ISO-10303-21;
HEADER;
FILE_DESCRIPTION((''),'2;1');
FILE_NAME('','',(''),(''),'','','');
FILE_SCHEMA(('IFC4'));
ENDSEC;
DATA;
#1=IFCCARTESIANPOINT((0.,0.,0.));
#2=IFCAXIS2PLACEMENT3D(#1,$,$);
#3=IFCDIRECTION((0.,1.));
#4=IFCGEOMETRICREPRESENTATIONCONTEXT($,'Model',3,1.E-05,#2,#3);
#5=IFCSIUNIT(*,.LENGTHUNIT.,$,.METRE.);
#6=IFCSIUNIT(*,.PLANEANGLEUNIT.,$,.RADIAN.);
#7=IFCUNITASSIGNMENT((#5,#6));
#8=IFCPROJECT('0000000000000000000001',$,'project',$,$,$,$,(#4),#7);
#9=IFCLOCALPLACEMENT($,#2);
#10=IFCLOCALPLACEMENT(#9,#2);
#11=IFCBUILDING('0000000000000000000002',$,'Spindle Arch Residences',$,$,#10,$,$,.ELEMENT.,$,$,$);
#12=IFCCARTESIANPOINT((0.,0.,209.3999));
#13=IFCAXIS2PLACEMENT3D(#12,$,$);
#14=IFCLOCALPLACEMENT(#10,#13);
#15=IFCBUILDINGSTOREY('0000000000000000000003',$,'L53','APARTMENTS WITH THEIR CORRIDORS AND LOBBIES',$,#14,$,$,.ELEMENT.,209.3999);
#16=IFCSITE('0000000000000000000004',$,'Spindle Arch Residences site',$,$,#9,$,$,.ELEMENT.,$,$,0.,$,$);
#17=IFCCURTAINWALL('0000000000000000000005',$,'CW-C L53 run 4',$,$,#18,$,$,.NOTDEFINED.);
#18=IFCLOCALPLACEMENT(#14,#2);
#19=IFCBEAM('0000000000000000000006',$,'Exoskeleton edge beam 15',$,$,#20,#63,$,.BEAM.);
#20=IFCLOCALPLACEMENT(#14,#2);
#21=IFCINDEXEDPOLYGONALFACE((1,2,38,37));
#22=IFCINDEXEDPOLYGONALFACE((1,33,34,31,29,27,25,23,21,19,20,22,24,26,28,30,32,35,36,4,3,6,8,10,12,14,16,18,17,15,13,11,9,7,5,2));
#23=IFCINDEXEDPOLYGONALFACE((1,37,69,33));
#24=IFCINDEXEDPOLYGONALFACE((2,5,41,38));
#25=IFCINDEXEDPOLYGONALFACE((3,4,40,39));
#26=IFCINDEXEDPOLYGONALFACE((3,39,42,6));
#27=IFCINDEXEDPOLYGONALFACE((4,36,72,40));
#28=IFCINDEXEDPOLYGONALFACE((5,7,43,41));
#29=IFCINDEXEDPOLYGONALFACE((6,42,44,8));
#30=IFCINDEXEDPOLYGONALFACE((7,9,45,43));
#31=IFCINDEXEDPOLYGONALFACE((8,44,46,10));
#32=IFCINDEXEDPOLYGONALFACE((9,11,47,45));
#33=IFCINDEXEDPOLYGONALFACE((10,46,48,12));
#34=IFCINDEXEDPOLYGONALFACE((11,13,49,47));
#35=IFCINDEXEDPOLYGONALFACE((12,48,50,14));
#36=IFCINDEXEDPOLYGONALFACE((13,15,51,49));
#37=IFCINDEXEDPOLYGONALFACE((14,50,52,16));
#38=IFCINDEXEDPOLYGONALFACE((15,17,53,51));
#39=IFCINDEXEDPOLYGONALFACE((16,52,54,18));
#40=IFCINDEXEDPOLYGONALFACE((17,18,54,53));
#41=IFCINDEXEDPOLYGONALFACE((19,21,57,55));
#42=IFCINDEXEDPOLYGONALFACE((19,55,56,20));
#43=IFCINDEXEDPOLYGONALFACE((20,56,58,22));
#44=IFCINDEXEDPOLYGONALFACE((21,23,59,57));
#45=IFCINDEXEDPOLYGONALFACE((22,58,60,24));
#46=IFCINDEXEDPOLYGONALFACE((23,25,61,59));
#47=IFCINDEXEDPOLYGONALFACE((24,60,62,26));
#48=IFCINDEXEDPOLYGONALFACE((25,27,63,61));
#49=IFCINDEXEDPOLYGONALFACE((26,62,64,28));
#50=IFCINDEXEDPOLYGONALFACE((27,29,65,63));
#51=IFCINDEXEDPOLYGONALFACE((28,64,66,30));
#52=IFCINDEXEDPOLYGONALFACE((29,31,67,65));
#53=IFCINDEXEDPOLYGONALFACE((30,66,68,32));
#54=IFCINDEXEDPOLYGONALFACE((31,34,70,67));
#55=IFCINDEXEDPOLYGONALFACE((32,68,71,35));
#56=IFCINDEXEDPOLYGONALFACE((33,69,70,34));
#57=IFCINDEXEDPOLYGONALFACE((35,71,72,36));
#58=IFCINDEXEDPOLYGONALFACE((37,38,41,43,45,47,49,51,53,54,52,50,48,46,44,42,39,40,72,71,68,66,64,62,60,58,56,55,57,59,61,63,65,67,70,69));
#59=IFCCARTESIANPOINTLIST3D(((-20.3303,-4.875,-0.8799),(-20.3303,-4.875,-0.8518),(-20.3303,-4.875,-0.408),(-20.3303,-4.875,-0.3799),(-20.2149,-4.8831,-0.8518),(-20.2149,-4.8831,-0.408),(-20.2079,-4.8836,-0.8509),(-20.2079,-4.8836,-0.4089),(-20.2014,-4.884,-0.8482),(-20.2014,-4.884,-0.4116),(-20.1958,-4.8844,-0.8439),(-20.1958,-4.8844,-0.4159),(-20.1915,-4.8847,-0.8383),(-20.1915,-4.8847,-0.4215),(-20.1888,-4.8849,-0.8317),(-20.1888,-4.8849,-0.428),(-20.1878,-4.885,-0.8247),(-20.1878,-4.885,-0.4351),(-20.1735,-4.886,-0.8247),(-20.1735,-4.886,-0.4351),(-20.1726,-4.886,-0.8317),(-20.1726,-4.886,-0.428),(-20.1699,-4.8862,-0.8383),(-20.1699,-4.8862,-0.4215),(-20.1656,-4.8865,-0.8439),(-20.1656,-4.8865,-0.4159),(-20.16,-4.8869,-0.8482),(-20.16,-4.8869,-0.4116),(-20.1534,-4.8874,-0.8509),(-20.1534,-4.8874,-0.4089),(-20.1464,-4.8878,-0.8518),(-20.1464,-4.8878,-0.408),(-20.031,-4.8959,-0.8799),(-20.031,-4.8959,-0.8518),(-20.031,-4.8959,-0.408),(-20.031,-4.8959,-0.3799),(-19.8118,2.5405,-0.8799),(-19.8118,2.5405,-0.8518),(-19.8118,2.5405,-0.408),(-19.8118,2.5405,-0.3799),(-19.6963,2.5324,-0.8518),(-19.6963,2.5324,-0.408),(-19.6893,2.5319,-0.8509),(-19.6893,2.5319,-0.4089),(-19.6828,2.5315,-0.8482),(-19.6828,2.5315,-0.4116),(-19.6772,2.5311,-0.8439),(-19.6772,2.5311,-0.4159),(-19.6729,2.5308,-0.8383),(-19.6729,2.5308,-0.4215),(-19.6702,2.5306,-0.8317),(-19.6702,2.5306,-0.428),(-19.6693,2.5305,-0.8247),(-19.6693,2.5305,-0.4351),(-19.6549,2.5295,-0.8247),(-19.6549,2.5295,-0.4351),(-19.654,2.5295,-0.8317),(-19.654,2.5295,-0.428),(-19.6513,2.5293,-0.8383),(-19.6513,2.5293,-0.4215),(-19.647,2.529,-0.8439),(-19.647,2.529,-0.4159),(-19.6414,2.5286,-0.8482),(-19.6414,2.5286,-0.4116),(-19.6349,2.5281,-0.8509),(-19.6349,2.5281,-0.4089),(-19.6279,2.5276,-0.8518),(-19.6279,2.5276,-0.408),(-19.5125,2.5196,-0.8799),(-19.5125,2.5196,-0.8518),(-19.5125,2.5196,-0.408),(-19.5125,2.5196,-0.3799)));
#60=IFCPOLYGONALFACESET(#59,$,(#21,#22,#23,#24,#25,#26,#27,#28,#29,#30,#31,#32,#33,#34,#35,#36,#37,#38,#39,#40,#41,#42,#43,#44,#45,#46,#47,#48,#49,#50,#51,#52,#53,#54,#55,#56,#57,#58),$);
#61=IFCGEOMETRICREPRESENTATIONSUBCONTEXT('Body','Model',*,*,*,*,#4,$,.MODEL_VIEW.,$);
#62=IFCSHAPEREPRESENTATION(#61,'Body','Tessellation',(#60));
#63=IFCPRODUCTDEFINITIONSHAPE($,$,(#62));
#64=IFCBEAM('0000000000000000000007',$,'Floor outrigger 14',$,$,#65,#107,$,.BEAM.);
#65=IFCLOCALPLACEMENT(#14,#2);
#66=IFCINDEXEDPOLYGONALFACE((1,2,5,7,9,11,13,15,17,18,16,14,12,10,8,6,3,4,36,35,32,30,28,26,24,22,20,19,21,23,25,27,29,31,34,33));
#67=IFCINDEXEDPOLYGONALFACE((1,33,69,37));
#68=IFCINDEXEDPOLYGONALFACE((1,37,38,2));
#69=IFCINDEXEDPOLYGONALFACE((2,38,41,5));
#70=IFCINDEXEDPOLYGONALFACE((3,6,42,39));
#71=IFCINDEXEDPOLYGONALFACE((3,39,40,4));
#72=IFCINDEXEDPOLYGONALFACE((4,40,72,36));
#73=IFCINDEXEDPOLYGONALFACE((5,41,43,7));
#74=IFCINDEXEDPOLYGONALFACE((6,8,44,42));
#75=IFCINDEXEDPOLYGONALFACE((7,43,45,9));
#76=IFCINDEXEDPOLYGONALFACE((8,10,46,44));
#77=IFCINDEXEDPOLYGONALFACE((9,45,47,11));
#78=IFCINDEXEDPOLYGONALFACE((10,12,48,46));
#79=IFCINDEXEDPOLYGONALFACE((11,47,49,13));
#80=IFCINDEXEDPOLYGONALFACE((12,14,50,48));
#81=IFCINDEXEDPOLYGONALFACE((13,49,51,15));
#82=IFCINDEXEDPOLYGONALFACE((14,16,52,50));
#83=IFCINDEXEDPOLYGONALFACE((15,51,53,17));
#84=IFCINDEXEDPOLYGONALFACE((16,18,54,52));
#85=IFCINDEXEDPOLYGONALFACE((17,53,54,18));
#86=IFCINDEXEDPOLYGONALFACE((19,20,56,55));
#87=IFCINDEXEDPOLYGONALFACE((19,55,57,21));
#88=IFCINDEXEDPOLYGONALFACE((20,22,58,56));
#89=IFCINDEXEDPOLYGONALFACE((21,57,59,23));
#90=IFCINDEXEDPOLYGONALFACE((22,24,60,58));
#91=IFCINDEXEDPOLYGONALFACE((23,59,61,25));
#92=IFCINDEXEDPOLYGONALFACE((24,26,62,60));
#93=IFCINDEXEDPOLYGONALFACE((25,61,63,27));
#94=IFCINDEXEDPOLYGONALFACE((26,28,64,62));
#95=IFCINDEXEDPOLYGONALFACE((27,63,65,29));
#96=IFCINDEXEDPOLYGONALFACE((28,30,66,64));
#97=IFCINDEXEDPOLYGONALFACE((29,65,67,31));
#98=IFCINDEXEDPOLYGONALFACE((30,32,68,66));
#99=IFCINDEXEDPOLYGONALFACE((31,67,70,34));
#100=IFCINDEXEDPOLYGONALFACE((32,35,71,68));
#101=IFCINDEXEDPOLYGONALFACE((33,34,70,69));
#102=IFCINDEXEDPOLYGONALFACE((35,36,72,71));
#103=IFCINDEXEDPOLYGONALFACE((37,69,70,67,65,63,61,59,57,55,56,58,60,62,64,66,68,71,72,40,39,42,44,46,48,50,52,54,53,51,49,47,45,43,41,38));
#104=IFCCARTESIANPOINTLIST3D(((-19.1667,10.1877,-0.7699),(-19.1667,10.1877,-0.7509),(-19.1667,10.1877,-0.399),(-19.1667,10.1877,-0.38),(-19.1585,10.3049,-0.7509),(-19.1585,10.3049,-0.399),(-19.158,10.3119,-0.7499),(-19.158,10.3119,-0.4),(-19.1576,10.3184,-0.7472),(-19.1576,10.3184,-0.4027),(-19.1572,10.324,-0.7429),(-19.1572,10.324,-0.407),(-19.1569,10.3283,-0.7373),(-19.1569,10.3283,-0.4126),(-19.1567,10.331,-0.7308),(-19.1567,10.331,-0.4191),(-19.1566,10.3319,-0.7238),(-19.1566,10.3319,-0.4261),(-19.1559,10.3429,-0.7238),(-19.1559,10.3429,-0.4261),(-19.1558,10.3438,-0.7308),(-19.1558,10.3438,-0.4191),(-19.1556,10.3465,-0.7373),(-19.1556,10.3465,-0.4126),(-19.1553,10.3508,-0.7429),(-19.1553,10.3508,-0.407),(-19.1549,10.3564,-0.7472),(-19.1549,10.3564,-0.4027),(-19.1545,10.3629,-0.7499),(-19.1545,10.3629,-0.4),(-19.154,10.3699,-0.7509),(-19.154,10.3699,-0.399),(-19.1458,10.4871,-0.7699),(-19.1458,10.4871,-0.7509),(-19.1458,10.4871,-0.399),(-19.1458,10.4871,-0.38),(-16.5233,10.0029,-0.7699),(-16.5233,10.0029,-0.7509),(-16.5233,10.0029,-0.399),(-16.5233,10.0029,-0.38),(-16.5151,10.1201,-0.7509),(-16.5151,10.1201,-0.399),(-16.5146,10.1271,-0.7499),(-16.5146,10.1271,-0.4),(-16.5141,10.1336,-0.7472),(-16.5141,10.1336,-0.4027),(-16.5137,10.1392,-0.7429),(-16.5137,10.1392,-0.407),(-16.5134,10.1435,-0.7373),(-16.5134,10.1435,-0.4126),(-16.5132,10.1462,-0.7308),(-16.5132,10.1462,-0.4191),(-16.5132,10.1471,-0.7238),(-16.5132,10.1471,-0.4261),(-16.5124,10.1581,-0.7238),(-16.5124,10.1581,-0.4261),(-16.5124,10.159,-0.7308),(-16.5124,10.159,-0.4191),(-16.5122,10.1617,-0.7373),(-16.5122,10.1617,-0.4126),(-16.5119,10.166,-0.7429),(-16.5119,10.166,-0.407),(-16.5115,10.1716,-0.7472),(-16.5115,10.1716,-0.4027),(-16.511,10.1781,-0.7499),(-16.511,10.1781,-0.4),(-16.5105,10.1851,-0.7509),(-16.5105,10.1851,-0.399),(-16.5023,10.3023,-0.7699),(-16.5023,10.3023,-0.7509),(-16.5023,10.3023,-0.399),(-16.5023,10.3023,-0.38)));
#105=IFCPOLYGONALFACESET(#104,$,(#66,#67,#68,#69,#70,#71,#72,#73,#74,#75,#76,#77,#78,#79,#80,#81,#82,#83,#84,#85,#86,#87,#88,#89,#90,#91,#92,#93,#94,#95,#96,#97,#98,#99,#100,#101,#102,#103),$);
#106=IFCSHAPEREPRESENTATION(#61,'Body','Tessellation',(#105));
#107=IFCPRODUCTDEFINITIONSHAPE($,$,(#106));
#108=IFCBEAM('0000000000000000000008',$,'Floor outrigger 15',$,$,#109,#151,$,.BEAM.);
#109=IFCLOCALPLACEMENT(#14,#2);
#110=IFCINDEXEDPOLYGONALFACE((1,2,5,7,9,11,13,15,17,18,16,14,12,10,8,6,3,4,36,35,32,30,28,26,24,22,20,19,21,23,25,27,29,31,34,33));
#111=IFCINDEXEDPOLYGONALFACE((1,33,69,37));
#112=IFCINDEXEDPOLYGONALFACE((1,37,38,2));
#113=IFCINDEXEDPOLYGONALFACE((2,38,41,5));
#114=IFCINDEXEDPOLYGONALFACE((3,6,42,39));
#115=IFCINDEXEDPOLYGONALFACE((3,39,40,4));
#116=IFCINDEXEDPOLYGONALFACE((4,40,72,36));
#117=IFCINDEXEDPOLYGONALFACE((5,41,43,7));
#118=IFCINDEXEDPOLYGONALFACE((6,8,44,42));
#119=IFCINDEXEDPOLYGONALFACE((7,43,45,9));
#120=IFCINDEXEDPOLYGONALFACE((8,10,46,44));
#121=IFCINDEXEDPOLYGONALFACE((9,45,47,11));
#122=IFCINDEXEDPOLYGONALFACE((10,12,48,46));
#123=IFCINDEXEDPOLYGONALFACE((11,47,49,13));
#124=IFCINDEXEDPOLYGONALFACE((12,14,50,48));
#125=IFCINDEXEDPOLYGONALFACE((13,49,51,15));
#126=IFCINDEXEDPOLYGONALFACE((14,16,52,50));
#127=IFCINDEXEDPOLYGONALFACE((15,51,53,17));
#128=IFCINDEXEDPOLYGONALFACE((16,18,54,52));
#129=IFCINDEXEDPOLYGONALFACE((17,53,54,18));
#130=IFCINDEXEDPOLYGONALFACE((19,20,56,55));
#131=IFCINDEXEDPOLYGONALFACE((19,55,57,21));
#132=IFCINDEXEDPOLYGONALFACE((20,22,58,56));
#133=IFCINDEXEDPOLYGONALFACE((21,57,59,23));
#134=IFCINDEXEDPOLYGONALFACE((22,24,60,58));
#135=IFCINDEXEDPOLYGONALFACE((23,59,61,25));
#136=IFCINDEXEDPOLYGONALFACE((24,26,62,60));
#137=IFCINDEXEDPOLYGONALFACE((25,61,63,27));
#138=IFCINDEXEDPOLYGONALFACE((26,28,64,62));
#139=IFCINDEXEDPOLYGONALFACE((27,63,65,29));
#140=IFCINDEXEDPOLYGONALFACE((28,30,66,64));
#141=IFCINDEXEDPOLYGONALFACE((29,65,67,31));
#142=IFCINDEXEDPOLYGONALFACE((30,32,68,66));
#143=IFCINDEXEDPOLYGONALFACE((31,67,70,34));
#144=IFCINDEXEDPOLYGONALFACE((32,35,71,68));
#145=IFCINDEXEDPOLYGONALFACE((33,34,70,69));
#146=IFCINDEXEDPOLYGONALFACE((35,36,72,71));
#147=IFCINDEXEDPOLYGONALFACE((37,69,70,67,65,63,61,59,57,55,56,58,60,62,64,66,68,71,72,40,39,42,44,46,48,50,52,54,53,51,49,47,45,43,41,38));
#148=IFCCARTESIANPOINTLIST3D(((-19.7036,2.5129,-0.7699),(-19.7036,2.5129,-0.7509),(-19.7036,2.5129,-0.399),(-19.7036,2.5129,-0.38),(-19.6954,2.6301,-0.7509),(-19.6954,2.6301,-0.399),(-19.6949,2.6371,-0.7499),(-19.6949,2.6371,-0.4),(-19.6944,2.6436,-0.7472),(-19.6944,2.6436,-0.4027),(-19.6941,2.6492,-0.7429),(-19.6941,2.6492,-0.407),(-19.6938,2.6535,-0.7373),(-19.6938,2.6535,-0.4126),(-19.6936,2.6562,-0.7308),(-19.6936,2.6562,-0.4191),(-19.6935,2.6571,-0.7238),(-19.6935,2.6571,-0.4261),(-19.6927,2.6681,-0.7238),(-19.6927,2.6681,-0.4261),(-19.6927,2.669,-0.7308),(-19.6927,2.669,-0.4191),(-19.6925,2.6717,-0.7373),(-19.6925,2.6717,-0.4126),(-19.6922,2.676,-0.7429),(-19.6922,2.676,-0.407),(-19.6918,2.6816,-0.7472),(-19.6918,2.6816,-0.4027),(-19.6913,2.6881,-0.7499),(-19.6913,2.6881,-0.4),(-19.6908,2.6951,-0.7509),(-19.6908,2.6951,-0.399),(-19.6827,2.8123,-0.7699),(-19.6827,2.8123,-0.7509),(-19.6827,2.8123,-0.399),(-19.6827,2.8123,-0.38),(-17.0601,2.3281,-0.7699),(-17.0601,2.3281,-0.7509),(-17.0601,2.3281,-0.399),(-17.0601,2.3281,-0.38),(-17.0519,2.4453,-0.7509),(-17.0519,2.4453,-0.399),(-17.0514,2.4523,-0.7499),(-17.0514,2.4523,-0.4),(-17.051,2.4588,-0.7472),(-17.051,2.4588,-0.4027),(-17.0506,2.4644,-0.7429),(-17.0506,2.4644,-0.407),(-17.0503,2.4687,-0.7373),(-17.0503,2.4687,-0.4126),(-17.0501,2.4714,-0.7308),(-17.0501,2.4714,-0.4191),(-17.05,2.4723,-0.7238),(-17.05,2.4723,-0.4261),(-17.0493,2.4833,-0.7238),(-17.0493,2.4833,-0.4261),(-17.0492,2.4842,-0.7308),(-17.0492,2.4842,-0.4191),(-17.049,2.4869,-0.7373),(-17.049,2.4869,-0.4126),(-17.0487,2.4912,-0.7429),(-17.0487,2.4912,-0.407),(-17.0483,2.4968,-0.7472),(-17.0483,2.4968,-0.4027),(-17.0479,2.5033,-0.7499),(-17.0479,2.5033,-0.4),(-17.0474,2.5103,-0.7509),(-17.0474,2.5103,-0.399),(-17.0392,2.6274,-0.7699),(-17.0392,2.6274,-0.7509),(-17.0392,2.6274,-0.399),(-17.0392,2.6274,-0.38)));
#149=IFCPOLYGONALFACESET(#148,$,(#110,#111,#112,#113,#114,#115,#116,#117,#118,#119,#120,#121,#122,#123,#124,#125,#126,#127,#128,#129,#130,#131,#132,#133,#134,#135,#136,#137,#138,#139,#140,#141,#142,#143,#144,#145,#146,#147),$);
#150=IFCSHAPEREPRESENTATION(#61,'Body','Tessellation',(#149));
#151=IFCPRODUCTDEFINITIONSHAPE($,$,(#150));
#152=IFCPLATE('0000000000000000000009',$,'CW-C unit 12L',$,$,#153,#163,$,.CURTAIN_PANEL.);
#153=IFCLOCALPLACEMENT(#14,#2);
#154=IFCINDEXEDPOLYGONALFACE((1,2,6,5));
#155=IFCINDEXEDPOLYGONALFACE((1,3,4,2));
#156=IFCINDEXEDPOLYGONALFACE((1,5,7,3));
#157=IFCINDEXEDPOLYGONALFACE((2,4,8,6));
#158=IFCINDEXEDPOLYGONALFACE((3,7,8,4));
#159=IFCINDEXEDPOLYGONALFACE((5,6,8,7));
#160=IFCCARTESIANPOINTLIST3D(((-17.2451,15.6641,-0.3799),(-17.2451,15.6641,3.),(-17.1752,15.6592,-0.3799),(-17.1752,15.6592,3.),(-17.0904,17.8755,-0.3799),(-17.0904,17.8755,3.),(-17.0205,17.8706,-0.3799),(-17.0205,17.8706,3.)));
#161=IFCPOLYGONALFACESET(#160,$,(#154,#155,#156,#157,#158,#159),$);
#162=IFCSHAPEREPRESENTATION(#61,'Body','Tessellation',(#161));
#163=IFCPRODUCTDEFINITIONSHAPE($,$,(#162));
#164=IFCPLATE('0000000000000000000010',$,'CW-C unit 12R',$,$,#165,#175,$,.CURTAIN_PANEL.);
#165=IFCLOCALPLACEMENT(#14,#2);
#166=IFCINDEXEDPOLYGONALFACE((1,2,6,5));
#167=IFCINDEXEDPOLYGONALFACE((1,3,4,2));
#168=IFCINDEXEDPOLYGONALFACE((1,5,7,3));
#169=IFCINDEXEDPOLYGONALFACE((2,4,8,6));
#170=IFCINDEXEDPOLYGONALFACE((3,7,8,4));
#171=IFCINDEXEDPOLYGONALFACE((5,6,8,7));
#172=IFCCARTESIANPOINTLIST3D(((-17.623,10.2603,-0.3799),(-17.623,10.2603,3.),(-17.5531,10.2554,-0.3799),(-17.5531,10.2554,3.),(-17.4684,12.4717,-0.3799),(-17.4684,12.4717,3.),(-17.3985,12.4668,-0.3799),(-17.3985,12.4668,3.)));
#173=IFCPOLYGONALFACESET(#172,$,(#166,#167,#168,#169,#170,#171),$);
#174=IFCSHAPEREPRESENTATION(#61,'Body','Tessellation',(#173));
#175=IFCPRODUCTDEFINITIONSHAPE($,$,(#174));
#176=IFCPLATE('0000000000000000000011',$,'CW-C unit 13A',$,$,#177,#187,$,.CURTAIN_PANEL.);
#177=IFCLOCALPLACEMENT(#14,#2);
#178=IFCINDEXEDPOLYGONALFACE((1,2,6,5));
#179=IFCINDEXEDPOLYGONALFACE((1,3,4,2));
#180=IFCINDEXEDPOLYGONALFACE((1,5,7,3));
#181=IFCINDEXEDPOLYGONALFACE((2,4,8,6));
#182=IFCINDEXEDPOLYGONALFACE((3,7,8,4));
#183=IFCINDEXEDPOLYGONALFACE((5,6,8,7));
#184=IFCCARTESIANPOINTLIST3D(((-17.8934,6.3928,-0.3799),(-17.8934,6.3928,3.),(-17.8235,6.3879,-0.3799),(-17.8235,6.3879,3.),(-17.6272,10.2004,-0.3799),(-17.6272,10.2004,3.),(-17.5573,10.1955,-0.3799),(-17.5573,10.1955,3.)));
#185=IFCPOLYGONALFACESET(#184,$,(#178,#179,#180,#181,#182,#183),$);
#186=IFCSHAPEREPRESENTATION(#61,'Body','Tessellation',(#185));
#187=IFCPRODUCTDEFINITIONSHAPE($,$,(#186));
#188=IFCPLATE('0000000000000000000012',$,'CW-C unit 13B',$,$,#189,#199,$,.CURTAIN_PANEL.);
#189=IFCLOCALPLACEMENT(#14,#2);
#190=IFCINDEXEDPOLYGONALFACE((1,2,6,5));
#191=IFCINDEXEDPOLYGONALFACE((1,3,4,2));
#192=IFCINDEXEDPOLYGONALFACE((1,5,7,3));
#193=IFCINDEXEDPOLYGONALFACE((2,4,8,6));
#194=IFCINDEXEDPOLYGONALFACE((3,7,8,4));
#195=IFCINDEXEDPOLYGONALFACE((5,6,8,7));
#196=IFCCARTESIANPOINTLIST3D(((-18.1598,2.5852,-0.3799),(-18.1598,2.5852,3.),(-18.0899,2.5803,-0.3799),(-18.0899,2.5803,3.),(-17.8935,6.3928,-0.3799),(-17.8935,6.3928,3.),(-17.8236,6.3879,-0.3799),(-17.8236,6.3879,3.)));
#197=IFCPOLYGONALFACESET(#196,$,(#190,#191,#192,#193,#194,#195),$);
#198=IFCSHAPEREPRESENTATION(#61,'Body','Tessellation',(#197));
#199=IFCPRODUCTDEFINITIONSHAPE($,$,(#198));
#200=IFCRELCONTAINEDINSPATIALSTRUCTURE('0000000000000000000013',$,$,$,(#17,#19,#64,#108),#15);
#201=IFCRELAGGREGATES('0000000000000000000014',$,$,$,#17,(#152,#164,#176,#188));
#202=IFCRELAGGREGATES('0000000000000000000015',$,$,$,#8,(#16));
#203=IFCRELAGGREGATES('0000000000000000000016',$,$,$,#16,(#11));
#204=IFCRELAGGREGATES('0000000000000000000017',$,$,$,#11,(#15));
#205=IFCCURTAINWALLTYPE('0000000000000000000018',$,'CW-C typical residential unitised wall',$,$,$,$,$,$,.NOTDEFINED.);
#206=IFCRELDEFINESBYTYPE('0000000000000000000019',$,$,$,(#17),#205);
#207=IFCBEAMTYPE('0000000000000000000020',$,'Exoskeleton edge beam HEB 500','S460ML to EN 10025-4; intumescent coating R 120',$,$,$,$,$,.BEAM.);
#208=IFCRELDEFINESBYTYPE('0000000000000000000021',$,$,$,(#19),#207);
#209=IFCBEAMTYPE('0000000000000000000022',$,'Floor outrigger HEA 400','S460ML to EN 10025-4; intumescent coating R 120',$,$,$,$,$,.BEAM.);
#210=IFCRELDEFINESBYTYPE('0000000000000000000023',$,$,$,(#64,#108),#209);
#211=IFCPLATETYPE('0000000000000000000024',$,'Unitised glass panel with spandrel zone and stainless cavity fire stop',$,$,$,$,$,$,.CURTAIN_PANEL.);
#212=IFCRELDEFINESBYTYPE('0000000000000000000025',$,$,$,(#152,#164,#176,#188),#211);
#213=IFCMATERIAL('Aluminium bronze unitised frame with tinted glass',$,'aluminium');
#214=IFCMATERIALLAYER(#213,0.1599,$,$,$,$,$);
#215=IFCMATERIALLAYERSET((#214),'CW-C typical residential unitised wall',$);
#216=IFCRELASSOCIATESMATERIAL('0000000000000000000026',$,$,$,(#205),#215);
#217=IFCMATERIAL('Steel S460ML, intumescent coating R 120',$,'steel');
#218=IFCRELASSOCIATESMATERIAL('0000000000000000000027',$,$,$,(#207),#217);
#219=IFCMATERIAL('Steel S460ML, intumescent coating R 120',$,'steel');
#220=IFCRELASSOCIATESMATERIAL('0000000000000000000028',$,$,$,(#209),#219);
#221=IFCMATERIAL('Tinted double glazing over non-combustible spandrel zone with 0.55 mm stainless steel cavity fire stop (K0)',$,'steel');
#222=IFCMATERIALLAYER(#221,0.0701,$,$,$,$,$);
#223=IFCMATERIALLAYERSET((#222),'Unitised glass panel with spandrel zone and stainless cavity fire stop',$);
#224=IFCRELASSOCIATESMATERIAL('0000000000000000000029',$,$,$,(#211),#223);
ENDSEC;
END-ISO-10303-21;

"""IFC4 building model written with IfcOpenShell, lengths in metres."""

from ifc_helpers import new_model, si_unit, direction, frame, origin, origin_2d, place, context, subcontext, project, spatial, rectangle, i_section, extrude, material, layer, layer_set, material_profile, profile_set, type_object, element, aggregate, save


model = new_model("IFC4")

# Units and contexts
model_context = context("Model", 3, precision=1e-05, world=origin(), true_north=direction((0.0, 1.0)))
body_context = subcontext(model_context, "Body", "Model", "MODEL_VIEW")
ifc_project = project(units=[si_unit("LENGTHUNIT", "METRE"), si_unit("PLANEANGLEUNIT", "RADIAN")], contexts=[model_context])

# Site, building, storey
site_placement = place(None, origin())
site = spatial("IfcSite", under=ifc_project, at=site_placement, Name="Spindle Arch Residences site", CompositionType="ELEMENT", RefElevation=0.0)
building_placement = place(site_placement, origin())
building = spatial("IfcBuilding", under=site, at=building_placement, Name="Spindle Arch Residences", CompositionType="ELEMENT")
storey_placement = place(building_placement, frame((0.0, 0.0, 209.3999)))
storey = spatial("IfcBuildingStorey", under=building, at=storey_placement, Name="L53", Description="APARTMENTS WITH THEIR CORRIDORS AND LOBBIES", CompositionType="ELEMENT", Elevation=209.3999)

# Curtain wall
ifc_material_1 = material(Name="Aluminium bronze unitised frame with tinted glass", Category="aluminium")
ifc_layer_1 = layer(ifc_material_1, 0.1599)
ifc_layer_set_1 = layer_set([ifc_layer_1], Name="CW-C typical residential unitised wall")
curtain_wall_type = type_object("IfcCurtainWallType", Name="CW-C typical residential unitised wall", PredefinedType="NOTDEFINED", material=ifc_layer_set_1)
curtain_wall_placement = place(storey_placement, origin())
curtain_wall = element("IfcCurtainWall", 1, at=curtain_wall_placement, inside=storey, type_object=curtain_wall_type, Name="CW-C L53 run 4", PredefinedType="NOTDEFINED")

# Beams
ifc_material_2 = material(Name="Steel S460ML, intumescent coating R 120", Category="steel")
ifc_material_profile_1 = material_profile(ifc_material_2, i_section(OverallWidth=0.3, OverallDepth=0.5, WebThickness=0.0144, FlangeThickness=0.0281, FilletRadius=0.0271, at=origin_2d()), Name="HEB 500")
ifc_profile_set_1 = profile_set([ifc_material_profile_1], Name="Steel S460ML, intumescent coating R 120")
beam_type_1 = type_object("IfcBeamType", Name="Exoskeleton edge beam HEB 500", Description="S460ML to EN 10025-4; intumescent coating R 120", PredefinedType="BEAM", material=ifc_profile_set_1)
beam_1_placement = place(storey_placement, frame((-19.6621, 2.53, -0.6299), z_axis=(-0.069758, -0.997564, 0.0), x_axis=(0.997564, -0.069758, 0.0)))
element("IfcBeam", 2, at=beam_1_placement, inside=storey, type_object=beam_type_1, Name="Exoskeleton edge beam 15", PredefinedType="BEAM", context=body_context, shape_type="SweptSolid", body=[
    extrude(i_section(OverallWidth=0.3, OverallDepth=0.5, WebThickness=0.0144, FlangeThickness=0.0281, FilletRadius=0.0271, at=origin_2d()), origin(), (0.0, 0.0, 1.0), 7.4336),
])
ifc_material_3 = material(Name="Steel S460ML, intumescent coating R 120", Category="steel")
ifc_material_profile_2 = material_profile(ifc_material_3, i_section(OverallWidth=0.3, OverallDepth=0.3899, WebThickness=0.011, FlangeThickness=0.019, FilletRadius=0.0271, at=origin_2d()), Name="HEA 400")
ifc_profile_set_2 = profile_set([ifc_material_profile_2], Name="Steel S460ML, intumescent coating R 120")
beam_type_2 = type_object("IfcBeamType", Name="Floor outrigger HEA 400", Description="S460ML to EN 10025-4; intumescent coating R 120", PredefinedType="BEAM", material=ifc_profile_set_2)
for number, where, z_axis, x_axis, name in (
    (3, (-19.1562, 10.3374, -0.575), (0.997565, -0.069741, 0.0), (0.069741, 0.997565, 0.0), "Floor outrigger 14"),
    (4, (-19.6931, 2.6626, -0.575), (0.997565, -0.069741, 0.0), (0.069741, 0.997565, 0.0), "Floor outrigger 15"),
):
    element("IfcBeam", number, at=place(storey_placement, frame(where, z_axis=z_axis, x_axis=x_axis)), inside=storey, type_object=beam_type_2, Name=name, PredefinedType="BEAM", context=body_context, shape_type="SweptSolid", body=[
        extrude(i_section(OverallWidth=0.3, OverallDepth=0.3899, WebThickness=0.011, FlangeThickness=0.019, FilletRadius=0.0271, at=origin_2d()), origin(), (0.0, 0.0, 1.0), 2.6499),
    ])

# Plates
ifc_material_4 = material(Name="Tinted double glazing over non-combustible spandrel zone with 0.55 mm stainless steel cavity fire stop (K0)", Category="steel")
ifc_layer_2 = layer(ifc_material_4, 0.0701)
ifc_layer_set_2 = layer_set([ifc_layer_2], Name="Unitised glass panel with spandrel zone and stainless cavity fire stop")
plate_type = type_object("IfcPlateType", Name="Unitised glass panel with spandrel zone and stainless cavity fire stop", PredefinedType="CURTAIN_PANEL", material=ifc_layer_set_2)
plate_1_placement = place(storey_placement, frame((-17.1328, 16.7673, -0.3799), z_axis=(0.0, 0.0, 1.0), x_axis=(-0.069756, -0.997564, 0.0)))
plate_1 = element("IfcPlate", 5, at=plate_1_placement, type_object=plate_type, Name="CW-C unit 12L", PredefinedType="CURTAIN_PANEL", context=body_context, shape_type="SweptSolid", body=[
    extrude(rectangle(XDim=2.2168, YDim=0.0701, at=origin_2d()), origin(), (0.0, 0.0, 1.0), 3.3799),
])
plate_2_placement = place(storey_placement, frame((-17.5107, 11.3635, -0.3799), z_axis=(0.0, 0.0, 1.0), x_axis=(-0.069756, -0.997564, 0.0)))
plate_2 = element("IfcPlate", 6, at=plate_2_placement, type_object=plate_type, Name="CW-C unit 12R", PredefinedType="CURTAIN_PANEL", context=body_context, shape_type="SweptSolid", body=[
    extrude(rectangle(XDim=2.2168, YDim=0.0701, at=origin_2d()), origin(), (0.0, 0.0, 1.0), 3.3799),
])
plate_3_placement = place(storey_placement, frame((-17.7253, 8.2942, -0.3799), z_axis=(0.0, 0.0, 1.0), x_axis=(-0.069756, -0.997564, 0.0)))
plate_3 = element("IfcPlate", 7, at=plate_3_placement, type_object=plate_type, Name="CW-C unit 13A", PredefinedType="CURTAIN_PANEL", context=body_context, shape_type="SweptSolid", body=[
    extrude(rectangle(XDim=3.8169, YDim=0.0701, at=origin_2d()), origin(), (0.0, 0.0, 1.0), 3.3799),
])
plate_4_placement = place(storey_placement, frame((-17.9917, 4.4866, -0.3799), z_axis=(0.0, 0.0, 1.0), x_axis=(-0.069756, -0.997564, 0.0)))
plate_4 = element("IfcPlate", 8, at=plate_4_placement, type_object=plate_type, Name="CW-C unit 13B", PredefinedType="CURTAIN_PANEL", context=body_context, shape_type="SweptSolid", body=[
    extrude(rectangle(XDim=3.8169, YDim=0.0701, at=origin_2d()), origin(), (0.0, 0.0, 1.0), 3.3799),
])
aggregate(curtain_wall, [plate_1, plate_2, plate_3, plate_4])

save(model, "model.ifc")
